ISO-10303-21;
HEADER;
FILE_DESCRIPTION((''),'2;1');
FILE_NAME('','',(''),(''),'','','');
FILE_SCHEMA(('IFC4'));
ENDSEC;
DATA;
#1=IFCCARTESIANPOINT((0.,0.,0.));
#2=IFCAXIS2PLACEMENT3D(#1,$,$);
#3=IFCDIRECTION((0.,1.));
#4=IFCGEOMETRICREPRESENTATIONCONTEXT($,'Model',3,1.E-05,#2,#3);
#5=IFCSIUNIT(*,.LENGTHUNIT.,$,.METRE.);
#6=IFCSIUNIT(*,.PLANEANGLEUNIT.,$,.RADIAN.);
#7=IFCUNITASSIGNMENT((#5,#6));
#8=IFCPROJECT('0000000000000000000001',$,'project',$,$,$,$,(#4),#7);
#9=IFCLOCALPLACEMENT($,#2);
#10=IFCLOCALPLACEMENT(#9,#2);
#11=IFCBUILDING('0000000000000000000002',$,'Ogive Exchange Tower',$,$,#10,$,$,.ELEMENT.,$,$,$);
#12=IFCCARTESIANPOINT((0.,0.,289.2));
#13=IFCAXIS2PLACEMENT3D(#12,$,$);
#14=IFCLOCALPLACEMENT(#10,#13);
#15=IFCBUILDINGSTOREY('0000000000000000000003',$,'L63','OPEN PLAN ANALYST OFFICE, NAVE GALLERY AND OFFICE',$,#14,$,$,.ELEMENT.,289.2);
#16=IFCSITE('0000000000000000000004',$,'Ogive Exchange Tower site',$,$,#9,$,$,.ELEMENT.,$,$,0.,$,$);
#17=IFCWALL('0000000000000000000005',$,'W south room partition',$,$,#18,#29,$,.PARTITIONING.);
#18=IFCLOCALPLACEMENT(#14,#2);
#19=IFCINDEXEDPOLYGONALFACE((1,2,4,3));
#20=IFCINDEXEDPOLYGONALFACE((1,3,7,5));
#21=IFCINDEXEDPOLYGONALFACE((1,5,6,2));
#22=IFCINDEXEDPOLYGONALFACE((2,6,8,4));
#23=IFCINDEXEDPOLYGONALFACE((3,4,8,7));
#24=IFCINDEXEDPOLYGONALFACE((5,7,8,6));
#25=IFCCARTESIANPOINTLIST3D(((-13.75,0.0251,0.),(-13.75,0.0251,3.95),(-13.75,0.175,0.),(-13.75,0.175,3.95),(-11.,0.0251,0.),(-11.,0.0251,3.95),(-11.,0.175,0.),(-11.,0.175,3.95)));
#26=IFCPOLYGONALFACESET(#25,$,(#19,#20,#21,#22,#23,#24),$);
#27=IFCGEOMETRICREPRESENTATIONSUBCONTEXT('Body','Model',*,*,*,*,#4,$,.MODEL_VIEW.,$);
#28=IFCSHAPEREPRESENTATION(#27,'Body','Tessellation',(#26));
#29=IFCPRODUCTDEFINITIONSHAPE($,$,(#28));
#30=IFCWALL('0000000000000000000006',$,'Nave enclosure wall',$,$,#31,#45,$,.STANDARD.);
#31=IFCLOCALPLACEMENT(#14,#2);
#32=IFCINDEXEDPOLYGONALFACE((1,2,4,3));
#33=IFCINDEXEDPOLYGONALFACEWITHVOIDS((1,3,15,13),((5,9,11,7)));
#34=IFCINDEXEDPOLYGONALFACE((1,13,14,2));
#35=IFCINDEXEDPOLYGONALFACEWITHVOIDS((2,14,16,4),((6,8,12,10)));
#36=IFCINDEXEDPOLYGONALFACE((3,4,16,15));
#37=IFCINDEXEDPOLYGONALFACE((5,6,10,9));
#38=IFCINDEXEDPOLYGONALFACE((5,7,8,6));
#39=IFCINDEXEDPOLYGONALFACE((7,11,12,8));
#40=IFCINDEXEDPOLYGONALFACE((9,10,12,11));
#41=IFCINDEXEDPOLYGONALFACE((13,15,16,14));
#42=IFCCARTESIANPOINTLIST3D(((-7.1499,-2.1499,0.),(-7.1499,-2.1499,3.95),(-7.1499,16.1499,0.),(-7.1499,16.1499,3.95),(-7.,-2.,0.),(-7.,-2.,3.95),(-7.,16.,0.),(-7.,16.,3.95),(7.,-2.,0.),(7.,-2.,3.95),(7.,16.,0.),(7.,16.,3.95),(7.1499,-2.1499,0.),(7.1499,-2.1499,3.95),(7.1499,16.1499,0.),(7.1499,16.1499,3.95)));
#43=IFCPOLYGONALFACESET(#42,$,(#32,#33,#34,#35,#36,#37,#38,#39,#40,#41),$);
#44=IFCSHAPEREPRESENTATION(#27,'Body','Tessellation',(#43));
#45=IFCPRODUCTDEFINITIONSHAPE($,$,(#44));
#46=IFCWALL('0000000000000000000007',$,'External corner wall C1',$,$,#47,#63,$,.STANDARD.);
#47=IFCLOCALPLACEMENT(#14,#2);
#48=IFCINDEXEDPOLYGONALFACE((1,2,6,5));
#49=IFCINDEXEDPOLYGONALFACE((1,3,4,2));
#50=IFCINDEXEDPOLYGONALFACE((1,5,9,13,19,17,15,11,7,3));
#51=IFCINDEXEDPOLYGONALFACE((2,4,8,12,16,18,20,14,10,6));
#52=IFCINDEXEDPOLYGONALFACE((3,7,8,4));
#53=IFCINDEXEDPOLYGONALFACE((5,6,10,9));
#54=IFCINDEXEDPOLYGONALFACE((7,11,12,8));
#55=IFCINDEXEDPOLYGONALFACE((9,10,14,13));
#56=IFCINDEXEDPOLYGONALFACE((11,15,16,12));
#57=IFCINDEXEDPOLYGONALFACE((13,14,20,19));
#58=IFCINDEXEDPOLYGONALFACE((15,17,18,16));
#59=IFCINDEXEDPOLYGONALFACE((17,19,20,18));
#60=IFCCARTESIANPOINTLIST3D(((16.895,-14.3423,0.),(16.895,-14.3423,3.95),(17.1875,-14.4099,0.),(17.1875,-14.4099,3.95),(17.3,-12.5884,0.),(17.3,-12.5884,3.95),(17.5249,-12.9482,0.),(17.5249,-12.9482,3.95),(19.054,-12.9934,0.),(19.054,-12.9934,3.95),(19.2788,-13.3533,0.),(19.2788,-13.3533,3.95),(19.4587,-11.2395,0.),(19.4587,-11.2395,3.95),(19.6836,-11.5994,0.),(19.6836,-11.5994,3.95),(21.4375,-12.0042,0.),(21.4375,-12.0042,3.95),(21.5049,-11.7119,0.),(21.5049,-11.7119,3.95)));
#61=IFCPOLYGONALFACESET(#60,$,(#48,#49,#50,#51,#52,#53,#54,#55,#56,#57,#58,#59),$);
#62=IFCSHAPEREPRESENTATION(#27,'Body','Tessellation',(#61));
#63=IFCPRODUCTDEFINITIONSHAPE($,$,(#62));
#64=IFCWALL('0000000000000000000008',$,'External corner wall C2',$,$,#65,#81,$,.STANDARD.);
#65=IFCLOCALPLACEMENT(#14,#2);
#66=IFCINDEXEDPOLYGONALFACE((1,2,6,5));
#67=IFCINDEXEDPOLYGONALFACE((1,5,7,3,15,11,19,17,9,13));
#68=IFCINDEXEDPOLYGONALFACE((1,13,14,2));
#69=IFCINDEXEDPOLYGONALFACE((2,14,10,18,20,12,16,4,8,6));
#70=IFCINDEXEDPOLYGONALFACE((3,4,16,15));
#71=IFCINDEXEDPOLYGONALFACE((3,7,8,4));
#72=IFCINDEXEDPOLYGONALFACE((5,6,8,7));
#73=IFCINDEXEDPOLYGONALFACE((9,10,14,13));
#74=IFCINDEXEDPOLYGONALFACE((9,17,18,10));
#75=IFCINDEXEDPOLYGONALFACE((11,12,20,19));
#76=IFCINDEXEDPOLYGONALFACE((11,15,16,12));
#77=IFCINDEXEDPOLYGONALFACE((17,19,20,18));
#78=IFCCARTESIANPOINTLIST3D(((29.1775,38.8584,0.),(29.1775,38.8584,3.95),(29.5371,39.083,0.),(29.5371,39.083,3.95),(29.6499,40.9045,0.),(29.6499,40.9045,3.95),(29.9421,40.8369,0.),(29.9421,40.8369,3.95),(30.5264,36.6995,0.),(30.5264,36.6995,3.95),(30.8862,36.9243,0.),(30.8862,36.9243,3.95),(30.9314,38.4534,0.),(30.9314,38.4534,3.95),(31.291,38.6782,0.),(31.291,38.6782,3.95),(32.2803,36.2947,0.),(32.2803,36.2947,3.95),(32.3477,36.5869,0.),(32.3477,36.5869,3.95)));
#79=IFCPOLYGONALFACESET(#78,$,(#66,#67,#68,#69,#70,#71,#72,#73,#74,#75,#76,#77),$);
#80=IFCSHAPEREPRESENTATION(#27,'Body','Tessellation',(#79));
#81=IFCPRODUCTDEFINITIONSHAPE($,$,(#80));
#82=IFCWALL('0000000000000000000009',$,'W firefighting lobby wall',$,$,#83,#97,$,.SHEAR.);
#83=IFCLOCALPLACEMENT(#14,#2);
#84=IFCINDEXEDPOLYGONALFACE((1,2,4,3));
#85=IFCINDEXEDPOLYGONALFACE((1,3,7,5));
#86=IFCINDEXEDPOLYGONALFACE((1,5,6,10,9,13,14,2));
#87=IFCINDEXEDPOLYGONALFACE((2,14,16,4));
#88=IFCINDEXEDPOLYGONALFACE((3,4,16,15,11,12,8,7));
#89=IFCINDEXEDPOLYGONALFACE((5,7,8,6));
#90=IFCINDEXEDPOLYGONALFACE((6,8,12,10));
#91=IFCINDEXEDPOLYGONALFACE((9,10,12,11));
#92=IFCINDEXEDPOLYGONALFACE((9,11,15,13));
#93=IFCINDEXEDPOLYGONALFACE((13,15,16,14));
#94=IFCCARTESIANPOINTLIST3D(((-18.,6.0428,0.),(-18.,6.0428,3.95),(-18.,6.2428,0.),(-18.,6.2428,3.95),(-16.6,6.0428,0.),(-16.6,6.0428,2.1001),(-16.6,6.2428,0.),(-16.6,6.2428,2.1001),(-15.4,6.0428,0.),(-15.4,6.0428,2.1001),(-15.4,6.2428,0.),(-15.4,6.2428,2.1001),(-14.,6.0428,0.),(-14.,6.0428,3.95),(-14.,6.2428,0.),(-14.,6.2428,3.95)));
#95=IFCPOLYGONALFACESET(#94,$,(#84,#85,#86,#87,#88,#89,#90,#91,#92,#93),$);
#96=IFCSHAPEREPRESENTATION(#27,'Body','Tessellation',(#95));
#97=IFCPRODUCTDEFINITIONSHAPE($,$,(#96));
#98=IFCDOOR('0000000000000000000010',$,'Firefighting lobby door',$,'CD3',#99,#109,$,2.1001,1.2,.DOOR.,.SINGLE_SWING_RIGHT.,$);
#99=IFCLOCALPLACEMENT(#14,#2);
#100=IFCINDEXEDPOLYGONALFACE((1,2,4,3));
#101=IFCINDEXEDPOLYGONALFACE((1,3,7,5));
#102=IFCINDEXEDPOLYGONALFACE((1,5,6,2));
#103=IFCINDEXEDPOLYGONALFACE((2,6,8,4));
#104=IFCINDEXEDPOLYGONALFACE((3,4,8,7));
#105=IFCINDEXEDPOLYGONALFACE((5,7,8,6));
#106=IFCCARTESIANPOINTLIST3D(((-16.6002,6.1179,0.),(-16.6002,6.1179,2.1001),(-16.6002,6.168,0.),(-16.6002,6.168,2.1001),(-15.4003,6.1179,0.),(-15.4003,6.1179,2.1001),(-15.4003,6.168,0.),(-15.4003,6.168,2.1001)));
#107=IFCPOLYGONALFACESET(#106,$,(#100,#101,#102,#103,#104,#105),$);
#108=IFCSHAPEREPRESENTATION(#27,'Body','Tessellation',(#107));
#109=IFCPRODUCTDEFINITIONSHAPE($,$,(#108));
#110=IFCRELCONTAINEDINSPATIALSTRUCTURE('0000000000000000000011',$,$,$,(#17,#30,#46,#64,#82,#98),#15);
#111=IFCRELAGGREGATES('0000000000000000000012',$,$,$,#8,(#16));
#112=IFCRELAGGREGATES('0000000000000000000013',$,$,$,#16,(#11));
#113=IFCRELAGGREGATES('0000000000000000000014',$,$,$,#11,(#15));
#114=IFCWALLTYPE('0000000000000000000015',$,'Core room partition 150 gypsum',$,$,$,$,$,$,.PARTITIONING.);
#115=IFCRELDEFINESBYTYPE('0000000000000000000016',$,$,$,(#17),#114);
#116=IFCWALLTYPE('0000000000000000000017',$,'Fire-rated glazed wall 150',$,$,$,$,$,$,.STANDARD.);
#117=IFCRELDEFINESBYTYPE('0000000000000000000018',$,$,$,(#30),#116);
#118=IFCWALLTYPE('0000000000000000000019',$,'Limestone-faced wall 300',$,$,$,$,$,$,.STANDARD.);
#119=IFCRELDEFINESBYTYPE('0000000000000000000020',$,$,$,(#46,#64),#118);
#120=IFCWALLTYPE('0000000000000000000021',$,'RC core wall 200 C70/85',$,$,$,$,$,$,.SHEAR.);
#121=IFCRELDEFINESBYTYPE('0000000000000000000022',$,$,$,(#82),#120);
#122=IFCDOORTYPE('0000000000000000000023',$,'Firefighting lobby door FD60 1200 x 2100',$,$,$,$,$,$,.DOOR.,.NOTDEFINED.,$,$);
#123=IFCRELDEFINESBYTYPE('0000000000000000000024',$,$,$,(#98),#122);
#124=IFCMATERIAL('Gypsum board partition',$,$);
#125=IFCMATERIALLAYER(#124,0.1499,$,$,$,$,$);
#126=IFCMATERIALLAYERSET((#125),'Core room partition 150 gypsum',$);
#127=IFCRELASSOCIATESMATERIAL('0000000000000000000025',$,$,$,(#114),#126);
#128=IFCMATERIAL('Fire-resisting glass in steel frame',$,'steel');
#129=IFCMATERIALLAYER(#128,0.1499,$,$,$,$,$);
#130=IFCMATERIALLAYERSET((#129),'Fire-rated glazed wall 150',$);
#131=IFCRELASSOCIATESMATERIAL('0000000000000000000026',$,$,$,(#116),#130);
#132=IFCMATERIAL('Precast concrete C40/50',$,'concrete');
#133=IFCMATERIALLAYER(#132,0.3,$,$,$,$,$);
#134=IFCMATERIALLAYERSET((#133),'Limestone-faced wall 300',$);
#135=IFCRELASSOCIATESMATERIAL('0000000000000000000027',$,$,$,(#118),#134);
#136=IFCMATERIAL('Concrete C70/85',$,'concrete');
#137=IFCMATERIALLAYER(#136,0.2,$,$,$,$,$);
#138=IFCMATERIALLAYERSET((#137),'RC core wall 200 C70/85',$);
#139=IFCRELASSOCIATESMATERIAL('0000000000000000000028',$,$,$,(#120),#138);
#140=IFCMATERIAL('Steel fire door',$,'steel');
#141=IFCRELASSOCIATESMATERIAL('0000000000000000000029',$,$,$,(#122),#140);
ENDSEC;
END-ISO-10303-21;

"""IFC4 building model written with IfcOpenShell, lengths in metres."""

from ifc_helpers import new_model, si_unit, direction, frame, frame_2d, origin, place, context, subcontext, project, spatial, polyline, rectangle, outline, extrude, material, layer, layer_set, type_object, element, fill, save


model = new_model("IFC4")

# Units and contexts
model_context = context("Model", 3, precision=1e-05, world=origin(), true_north=direction((0.0, 1.0)))
body_context = subcontext(model_context, "Body", "Model", "MODEL_VIEW")
ifc_project = project(units=[si_unit("LENGTHUNIT", "METRE"), si_unit("PLANEANGLEUNIT", "RADIAN")], contexts=[model_context])

# Site, building, storey
site_placement = place(None, origin())
site = spatial("IfcSite", under=ifc_project, at=site_placement, Name="Ogive Exchange Tower site", CompositionType="ELEMENT", RefElevation=0.0)
building_placement = place(site_placement, origin())
building = spatial("IfcBuilding", under=site, at=building_placement, Name="Ogive Exchange Tower", CompositionType="ELEMENT")
storey_placement = place(building_placement, frame((0.0, 0.0, 289.2)))
storey = spatial("IfcBuildingStorey", under=building, at=storey_placement, Name="L63", Description="OPEN PLAN ANALYST OFFICE, NAVE GALLERY AND OFFICE", CompositionType="ELEMENT", Elevation=289.2)

# Walls
ifc_material_1 = material(Name="Gypsum board partition")
ifc_layer_1 = layer(ifc_material_1, 0.1499)
ifc_layer_set_1 = layer_set([ifc_layer_1], Name="Core room partition 150 gypsum")
wall_type_1 = type_object("IfcWallType", Name="Core room partition 150 gypsum", PredefinedType="PARTITIONING", material=ifc_layer_set_1)
wall_1_placement = place(storey_placement, frame((-13.75, 0.1001, 0.0), z_axis=(0.0, 0.0, 1.0), x_axis=(1.0, 0.0, 0.0)))
element("IfcWall", 1, at=wall_1_placement, inside=storey, type_object=wall_type_1, Name="W south room partition", PredefinedType="PARTITIONING", context=body_context, shape_type="SweptSolid", body=[
    extrude(rectangle(XDim=2.75, YDim=0.1499, at=frame_2d((1.375, 0.0))), origin(), (0.0, 0.0, 1.0), 3.95),
])
ifc_material_2 = material(Name="Fire-resisting glass in steel frame", Category="steel")
ifc_layer_2 = layer(ifc_material_2, 0.1499)
ifc_layer_set_2 = layer_set([ifc_layer_2], Name="Fire-rated glazed wall 150")
wall_type_2 = type_object("IfcWallType", Name="Fire-rated glazed wall 150", PredefinedType="STANDARD", material=ifc_layer_set_2)
wall_2_placement = place(storey_placement, origin())
element("IfcWall", 2, at=wall_2_placement, inside=storey, type_object=wall_type_2, Name="Nave enclosure wall", PredefinedType="STANDARD", context=body_context, shape_type="SweptSolid", body=[
    extrude(outline(polyline([(-7.1499, -2.1499), (7.1499, -2.1499), (7.1499, 16.1499), (-7.1499, 16.1499), (-7.1499, -2.1499)]), holes=[polyline([(-7.0, -2.0), (-7.0, 16.0), (7.0, 16.0), (7.0, -2.0), (-7.0, -2.0)])]), origin(), (0.0, 0.0, 1.0), 3.95),
])
ifc_material_3 = material(Name="Precast concrete C40/50", Category="concrete")
ifc_layer_3 = layer(ifc_material_3, 0.3)
ifc_layer_set_3 = layer_set([ifc_layer_3], Name="Limestone-faced wall 300")
wall_type_3 = type_object("IfcWallType", Name="Limestone-faced wall 300", PredefinedType="STANDARD", material=ifc_layer_set_3)
wall_3_placement = place(storey_placement, origin())
element("IfcWall", 3, at=wall_3_placement, inside=storey, type_object=wall_type_3, Name="External corner wall C1", PredefinedType="STANDARD", context=body_context, shape_type="SweptSolid", body=[
    extrude(outline(polyline([(19.054, -12.9934), (19.4587, -11.2395), (21.5049, -11.7119), (21.4375, -12.0042), (19.6836, -11.5994), (19.2788, -13.3533), (17.5249, -12.9482), (17.1875, -14.4099), (16.895, -14.3423), (17.3, -12.5884), (19.054, -12.9934)])), origin(), (0.0, 0.0, 1.0), 3.95),
])
wall_4_placement = place(storey_placement, origin())
element("IfcWall", 4, at=wall_4_placement, inside=storey, type_object=wall_type_3, Name="External corner wall C2", PredefinedType="STANDARD", context=body_context, shape_type="SweptSolid", body=[
    extrude(outline(polyline([(30.9314, 38.4534), (29.1775, 38.8584), (29.6499, 40.9045), (29.9421, 40.8369), (29.5371, 39.083), (31.291, 38.6782), (30.8862, 36.9243), (32.3477, 36.5869), (32.2803, 36.2947), (30.5264, 36.6995), (30.9314, 38.4534)])), origin(), (0.0, 0.0, 1.0), 3.95),
])

# Wall, opening, door
ifc_material_4 = material(Name="Concrete C70/85", Category="concrete")
ifc_layer_4 = layer(ifc_material_4, 0.2)
ifc_layer_set_4 = layer_set([ifc_layer_4], Name="RC core wall 200 C70/85")
wall_type_4 = type_object("IfcWallType", Name="RC core wall 200 C70/85", PredefinedType="SHEAR", material=ifc_layer_set_4)
wall_5_placement = place(storey_placement, frame((-18.0, 6.1428, 0.0), z_axis=(0.0, 0.0, 1.0), x_axis=(1.0, 0.0, 0.0)))
wall_5 = element("IfcWall", 5, at=wall_5_placement, inside=storey, type_object=wall_type_4, Name="W firefighting lobby wall", PredefinedType="SHEAR", context=body_context, shape_type="SweptSolid", body=[
    extrude(rectangle(XDim=4.0, YDim=0.2, at=frame_2d((2.0, 0.0))), origin(), (0.0, 0.0, 1.0), 3.95),
])
opening_1_placement = place(wall_5_placement, frame((1.3999, 0.0, 0.0)))
opening_1 = element("IfcOpeningElement", 6, at=opening_1_placement, cuts=wall_5, PredefinedType="OPENING", context=body_context, shape_type="SweptSolid", body=[
    extrude(rectangle(XDim=1.2, YDim=2.1001, at=frame_2d((0.6001, 1.05))), frame((0.0, 0.1099, 0.0), z_axis=(0.0, -1.0, 0.0), x_axis=(1.0, 0.0, 0.0)), (0.0, 0.0, 1.0), 0.22),
])
ifc_material_5 = material(Name="Steel fire door", Category="steel")
door_type_1 = type_object("IfcDoorType", Name="Firefighting lobby door FD60 1200 x 2100", OperationType="NOTDEFINED", PredefinedType="DOOR", material=ifc_material_5)
door_1_placement = place(opening_1_placement, frame((1.2, 0.0, 0.0), z_axis=(0.0, 0.0, 1.0), x_axis=(-1.0, 0.0, 0.0)))
door_1 = element("IfcDoor", 7, at=door_1_placement, inside=storey, type_object=door_type_1, Name="Firefighting lobby door", ObjectType="CD3", OperationType="SINGLE_SWING_RIGHT", OverallHeight=2.1001, OverallWidth=1.2, PredefinedType="DOOR", context=body_context, shape_type="SweptSolid", body=[
    extrude(rectangle(XDim=1.2, YDim=2.1001, at=frame_2d((0.6001, 1.05))), frame((0.0, 0.0249, 0.0), z_axis=(0.0, -1.0, 0.0), x_axis=(1.0, 0.0, 0.0)), (0.0, 0.0, 1.0), 0.05),
])
fill(opening_1, door_1)

save(model, "model.ifc")
